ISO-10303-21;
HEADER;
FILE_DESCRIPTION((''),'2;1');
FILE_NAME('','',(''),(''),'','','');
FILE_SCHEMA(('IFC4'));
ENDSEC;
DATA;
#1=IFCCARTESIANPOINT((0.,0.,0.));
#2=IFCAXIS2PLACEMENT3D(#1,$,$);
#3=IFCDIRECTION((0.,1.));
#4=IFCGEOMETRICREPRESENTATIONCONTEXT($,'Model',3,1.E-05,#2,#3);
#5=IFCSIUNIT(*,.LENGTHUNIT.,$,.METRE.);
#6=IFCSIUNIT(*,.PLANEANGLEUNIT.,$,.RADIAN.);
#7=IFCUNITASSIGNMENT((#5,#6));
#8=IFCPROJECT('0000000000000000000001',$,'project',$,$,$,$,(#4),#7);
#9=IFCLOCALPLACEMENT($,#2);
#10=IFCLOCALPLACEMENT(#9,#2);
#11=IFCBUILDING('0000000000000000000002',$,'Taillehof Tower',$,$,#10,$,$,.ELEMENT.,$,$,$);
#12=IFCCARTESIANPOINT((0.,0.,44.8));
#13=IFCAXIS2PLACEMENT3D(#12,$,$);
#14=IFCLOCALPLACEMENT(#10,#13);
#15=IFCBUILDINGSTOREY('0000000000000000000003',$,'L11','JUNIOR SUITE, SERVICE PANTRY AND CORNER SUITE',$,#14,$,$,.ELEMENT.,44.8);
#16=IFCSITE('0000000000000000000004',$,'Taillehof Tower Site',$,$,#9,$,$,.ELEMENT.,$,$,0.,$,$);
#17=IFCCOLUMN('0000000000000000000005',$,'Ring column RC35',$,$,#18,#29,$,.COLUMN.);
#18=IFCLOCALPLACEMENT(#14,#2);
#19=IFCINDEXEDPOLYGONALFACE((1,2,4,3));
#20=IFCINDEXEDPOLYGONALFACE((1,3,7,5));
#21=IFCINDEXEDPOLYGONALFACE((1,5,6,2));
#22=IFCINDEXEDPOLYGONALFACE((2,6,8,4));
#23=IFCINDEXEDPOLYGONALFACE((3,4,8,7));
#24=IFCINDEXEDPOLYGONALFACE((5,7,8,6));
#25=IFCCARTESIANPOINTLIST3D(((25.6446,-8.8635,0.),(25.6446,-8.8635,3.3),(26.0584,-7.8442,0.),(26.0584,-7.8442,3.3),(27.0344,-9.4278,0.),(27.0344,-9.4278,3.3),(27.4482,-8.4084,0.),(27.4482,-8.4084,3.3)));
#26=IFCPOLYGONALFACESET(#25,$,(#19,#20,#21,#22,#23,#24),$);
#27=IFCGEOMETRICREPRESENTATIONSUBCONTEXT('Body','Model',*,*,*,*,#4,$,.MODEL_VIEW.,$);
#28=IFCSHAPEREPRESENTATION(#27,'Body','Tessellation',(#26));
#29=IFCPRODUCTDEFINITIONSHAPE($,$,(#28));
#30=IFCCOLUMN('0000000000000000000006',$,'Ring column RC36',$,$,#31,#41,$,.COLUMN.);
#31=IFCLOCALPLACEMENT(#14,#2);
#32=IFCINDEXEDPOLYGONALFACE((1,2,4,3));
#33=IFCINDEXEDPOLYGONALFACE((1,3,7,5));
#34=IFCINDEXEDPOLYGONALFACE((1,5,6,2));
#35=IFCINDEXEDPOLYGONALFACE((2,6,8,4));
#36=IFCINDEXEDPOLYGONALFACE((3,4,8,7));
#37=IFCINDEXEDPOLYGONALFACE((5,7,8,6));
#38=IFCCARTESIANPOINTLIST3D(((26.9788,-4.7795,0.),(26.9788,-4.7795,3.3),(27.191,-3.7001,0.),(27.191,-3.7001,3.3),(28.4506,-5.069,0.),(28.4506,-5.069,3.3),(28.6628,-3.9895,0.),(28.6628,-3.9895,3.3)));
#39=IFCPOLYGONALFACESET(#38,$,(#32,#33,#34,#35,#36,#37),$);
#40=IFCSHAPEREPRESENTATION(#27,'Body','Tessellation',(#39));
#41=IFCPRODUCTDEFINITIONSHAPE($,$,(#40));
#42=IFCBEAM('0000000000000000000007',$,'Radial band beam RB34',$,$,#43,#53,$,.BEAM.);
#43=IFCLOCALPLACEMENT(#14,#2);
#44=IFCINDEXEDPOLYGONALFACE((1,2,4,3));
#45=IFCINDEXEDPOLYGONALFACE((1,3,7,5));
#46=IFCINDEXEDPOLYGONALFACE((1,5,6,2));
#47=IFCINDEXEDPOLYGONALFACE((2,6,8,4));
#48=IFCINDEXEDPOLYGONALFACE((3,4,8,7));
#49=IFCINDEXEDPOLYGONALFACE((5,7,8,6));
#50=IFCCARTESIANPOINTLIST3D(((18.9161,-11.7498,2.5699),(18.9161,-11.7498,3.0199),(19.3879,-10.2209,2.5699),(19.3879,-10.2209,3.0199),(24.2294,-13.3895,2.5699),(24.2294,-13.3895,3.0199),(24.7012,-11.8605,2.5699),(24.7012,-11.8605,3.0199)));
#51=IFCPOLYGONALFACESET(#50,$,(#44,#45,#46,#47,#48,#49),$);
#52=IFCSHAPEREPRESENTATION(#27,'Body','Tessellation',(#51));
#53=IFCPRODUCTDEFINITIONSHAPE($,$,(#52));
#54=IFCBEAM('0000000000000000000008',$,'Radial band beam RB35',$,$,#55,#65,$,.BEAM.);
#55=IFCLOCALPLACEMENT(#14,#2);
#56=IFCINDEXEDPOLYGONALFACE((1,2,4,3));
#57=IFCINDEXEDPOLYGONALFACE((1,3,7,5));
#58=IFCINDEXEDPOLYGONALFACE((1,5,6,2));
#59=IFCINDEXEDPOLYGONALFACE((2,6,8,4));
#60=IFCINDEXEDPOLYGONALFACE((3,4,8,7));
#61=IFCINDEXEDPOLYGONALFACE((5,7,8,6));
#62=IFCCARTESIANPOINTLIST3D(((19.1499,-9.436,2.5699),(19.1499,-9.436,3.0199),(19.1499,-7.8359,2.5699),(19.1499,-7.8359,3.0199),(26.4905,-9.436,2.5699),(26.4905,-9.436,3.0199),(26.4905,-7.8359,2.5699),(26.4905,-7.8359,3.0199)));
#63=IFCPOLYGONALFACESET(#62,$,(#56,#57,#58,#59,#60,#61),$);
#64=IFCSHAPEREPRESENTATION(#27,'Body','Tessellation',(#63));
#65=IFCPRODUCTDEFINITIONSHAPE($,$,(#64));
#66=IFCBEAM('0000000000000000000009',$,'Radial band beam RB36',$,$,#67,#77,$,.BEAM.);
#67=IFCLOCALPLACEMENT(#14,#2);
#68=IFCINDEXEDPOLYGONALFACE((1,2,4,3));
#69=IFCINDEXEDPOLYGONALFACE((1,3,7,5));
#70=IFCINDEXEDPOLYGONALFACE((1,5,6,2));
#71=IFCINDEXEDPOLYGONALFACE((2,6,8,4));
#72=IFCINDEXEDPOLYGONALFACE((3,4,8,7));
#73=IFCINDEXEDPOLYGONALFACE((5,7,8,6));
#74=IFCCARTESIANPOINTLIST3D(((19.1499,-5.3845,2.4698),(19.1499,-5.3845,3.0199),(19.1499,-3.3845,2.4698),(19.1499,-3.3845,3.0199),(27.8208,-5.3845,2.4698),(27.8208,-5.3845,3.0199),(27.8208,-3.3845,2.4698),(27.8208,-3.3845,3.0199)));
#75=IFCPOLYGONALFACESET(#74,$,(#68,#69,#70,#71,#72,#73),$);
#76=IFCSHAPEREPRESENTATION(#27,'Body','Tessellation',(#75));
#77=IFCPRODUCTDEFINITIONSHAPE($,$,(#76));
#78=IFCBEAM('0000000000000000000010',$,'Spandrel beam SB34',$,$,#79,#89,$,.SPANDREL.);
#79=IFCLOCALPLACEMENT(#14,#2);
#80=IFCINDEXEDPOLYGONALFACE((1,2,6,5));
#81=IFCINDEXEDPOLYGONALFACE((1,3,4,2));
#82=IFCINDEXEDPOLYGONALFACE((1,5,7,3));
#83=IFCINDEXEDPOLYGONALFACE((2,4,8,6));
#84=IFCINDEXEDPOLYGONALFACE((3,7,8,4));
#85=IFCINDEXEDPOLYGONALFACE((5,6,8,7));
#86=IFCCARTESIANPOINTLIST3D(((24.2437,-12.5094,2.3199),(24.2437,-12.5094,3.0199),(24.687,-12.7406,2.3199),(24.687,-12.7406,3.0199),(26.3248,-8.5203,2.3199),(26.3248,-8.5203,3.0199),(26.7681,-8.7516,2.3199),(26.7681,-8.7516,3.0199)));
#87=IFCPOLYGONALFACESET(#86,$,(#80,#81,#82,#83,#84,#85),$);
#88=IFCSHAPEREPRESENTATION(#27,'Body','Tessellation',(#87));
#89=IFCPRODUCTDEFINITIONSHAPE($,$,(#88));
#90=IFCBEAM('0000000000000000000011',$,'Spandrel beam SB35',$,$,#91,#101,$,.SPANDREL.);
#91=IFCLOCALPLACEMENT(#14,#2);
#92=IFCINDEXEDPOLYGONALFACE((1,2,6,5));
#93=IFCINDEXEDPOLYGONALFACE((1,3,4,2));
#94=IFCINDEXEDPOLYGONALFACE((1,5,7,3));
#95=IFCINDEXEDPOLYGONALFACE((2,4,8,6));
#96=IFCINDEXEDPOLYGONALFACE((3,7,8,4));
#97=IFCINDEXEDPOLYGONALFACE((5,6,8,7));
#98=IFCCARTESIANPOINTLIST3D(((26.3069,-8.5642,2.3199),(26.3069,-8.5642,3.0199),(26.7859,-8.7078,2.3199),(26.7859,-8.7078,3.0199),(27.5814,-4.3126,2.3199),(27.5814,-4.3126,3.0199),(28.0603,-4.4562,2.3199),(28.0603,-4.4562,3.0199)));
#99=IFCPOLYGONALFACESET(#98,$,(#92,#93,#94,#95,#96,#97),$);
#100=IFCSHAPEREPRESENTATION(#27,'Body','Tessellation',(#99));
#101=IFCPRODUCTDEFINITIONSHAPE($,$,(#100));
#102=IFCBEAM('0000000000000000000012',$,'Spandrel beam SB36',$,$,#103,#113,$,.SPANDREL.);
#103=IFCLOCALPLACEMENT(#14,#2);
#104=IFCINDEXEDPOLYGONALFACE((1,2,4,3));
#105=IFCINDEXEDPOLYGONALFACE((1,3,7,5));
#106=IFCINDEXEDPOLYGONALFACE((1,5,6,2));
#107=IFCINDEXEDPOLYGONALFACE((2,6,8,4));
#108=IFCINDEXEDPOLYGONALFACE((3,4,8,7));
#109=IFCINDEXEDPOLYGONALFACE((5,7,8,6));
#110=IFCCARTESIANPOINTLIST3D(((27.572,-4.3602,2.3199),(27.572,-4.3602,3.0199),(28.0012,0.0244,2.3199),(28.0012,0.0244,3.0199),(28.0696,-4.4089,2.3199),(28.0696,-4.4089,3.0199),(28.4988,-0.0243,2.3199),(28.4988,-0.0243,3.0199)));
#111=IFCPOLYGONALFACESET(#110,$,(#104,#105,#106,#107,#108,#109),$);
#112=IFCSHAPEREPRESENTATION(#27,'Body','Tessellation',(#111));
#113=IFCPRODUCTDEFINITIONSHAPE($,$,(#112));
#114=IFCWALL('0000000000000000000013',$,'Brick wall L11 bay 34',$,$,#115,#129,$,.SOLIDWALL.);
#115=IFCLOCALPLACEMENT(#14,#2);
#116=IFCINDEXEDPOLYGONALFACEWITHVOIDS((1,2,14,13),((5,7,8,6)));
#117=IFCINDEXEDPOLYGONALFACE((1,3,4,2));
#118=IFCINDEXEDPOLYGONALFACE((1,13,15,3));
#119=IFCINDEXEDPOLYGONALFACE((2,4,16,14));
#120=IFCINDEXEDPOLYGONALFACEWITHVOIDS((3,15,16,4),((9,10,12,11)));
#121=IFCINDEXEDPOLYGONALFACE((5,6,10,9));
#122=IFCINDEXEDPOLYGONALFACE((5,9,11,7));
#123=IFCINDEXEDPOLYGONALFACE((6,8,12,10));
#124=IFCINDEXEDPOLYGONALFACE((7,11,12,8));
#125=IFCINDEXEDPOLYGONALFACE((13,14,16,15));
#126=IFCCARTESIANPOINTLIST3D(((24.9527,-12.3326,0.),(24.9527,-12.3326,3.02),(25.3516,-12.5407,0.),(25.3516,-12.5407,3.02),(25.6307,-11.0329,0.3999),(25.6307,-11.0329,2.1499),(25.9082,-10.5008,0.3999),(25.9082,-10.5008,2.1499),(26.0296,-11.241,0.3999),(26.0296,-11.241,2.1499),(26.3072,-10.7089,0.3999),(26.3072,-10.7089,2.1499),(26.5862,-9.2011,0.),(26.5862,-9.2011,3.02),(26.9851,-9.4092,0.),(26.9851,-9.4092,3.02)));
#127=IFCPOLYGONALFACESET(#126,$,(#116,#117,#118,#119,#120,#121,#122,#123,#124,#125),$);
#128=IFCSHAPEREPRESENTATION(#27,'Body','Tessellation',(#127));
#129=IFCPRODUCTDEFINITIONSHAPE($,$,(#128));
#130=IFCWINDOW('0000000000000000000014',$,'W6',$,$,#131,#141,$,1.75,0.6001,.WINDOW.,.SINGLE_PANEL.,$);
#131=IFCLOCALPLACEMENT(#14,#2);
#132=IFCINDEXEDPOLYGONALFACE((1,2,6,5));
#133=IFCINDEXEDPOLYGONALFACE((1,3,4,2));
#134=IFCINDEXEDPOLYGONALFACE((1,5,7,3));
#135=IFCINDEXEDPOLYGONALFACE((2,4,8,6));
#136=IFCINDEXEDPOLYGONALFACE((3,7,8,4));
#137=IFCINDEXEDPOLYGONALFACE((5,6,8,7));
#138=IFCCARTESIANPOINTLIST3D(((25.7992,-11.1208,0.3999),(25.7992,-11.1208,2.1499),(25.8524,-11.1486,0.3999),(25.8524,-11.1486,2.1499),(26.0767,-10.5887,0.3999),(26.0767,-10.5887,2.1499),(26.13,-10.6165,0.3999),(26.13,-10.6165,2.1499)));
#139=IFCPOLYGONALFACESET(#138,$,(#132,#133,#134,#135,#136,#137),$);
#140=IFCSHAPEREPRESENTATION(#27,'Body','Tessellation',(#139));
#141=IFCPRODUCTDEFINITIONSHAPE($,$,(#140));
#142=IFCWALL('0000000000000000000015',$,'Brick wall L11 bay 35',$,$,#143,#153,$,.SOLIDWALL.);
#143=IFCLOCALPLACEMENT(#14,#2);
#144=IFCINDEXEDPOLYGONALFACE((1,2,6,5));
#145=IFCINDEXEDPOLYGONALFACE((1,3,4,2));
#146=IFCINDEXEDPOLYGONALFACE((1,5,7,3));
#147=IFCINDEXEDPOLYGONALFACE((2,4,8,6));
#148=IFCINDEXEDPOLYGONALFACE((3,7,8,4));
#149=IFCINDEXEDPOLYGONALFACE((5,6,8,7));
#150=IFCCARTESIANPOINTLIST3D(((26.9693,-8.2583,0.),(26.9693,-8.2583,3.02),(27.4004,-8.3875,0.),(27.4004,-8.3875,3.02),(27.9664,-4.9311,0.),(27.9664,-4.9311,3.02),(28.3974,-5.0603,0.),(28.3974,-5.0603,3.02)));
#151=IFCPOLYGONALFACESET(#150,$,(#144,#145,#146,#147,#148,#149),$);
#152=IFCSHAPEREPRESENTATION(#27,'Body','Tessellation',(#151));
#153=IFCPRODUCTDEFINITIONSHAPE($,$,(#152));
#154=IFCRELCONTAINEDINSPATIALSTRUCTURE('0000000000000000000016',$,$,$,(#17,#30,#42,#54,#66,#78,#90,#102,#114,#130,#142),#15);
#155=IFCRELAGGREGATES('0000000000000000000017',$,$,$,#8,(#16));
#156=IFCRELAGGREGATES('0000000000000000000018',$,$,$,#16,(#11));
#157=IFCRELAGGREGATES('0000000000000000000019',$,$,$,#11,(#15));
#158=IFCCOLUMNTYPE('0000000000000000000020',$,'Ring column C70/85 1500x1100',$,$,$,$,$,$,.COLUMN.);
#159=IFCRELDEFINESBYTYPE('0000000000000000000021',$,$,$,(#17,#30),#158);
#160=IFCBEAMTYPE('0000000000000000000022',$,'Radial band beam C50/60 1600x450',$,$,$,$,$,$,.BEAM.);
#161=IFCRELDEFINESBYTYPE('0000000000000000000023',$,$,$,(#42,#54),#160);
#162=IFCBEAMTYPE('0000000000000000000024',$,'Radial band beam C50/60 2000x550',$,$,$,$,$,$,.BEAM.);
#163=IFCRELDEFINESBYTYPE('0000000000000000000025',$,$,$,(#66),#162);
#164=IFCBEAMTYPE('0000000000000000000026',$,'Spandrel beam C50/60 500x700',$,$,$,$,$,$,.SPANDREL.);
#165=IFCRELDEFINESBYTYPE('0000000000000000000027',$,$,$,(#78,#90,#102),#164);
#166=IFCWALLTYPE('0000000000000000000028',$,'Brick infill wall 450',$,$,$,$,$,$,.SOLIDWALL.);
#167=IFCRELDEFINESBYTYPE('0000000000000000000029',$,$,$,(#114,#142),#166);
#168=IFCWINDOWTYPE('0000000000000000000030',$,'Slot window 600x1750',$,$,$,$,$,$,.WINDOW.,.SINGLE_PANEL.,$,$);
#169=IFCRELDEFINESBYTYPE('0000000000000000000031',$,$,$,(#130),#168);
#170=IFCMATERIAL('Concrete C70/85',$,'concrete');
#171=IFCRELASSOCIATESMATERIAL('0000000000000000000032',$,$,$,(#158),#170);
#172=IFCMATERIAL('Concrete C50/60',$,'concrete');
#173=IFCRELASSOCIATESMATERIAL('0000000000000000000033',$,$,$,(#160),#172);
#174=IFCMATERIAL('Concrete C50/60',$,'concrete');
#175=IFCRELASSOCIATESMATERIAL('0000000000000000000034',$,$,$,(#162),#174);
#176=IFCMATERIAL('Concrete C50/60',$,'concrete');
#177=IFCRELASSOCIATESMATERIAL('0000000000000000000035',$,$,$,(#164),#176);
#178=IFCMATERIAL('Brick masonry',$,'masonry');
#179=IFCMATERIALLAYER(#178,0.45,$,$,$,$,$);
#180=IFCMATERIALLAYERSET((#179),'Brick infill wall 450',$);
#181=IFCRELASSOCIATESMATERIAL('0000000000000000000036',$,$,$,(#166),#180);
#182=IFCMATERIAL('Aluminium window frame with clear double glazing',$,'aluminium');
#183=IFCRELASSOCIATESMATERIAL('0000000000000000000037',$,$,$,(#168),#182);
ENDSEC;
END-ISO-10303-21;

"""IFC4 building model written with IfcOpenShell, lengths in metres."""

from ifc_helpers import new_model, si_unit, direction, frame, frame_2d, origin, origin_2d, place, context, subcontext, project, spatial, rectangle, extrude, material, layer, layer_set, material_profile, profile_set, type_object, element, fill, save


model = new_model("IFC4")

# Units and contexts
model_context = context("Model", 3, precision=1e-05, world=origin(), true_north=direction((0.0, 1.0)))
body_context = subcontext(model_context, "Body", "Model", "MODEL_VIEW")
ifc_project = project(units=[si_unit("LENGTHUNIT", "METRE"), si_unit("PLANEANGLEUNIT", "RADIAN")], contexts=[model_context])

# Site, building, storey
site_placement = place(None, origin())
site = spatial("IfcSite", under=ifc_project, at=site_placement, Name="Taillehof Tower Site", CompositionType="ELEMENT", RefElevation=0.0)
building_placement = place(site_placement, origin())
building = spatial("IfcBuilding", under=site, at=building_placement, Name="Taillehof Tower", CompositionType="ELEMENT")
storey_placement = place(building_placement, frame((0.0, 0.0, 44.8)))
storey = spatial("IfcBuildingStorey", under=building, at=storey_placement, Name="L11", Description="JUNIOR SUITE, SERVICE PANTRY AND CORNER SUITE", CompositionType="ELEMENT", Elevation=44.8)

# Columns
ifc_material_1 = material(Name="Concrete C70/85", Category="concrete")
ifc_material_profile_1 = material_profile(ifc_material_1, rectangle(XDim=1.5, YDim=1.1001, at=origin_2d()), Name="RC 1500x1100")
ifc_profile_set_1 = profile_set([ifc_material_profile_1], Name="Concrete C70/85")
column_type = type_object("IfcColumnType", Name="Ring column C70/85 1500x1100", PredefinedType="COLUMN", material=ifc_profile_set_1)
for number, where, z_axis, x_axis, name in (
    (1, (26.5464, -8.636, 0.0), (0.0, 0.0, 1.0), (0.926558, -0.376152, 0.0), "Ring column RC35"),
    (2, (27.8208, -4.3845, 0.0), (0.0, 0.0, 1.0), (0.981204, -0.192976, 0.0), "Ring column RC36"),
):
    element("IfcColumn", number, at=place(storey_placement, frame(where, z_axis=z_axis, x_axis=x_axis)), inside=storey, type_object=column_type, Name=name, PredefinedType="COLUMN", context=body_context, shape_type="SweptSolid", body=[
        extrude(rectangle(XDim=1.5, YDim=1.1001, at=origin_2d()), origin(), (0.0, 0.0, 1.0), 3.3),
    ])

# Beams
ifc_material_2 = material(Name="Concrete C50/60", Category="concrete")
ifc_material_profile_2 = material_profile(ifc_material_2, rectangle(XDim=1.6001, YDim=0.45, at=origin_2d()), Name="RC 1600x450")
ifc_profile_set_2 = profile_set([ifc_material_profile_2], Name="Concrete C50/60")
beam_type_1 = type_object("IfcBeamType", Name="Radial band beam C50/60 1600x450", PredefinedType="BEAM", material=ifc_profile_set_2)
beam_1_placement = place(storey_placement, frame((24.4653, -12.625, 2.7949), z_axis=(-0.955536, 0.294876, 0.0), x_axis=(-0.294876, -0.955536, 0.0)))
element("IfcBeam", 3, at=beam_1_placement, inside=storey, type_object=beam_type_1, Name="Radial band beam RB34", PredefinedType="BEAM", context=body_context, shape_type="SweptSolid", body=[
    extrude(rectangle(XDim=1.6001, YDim=0.45, at=origin_2d()), origin(), (0.0, 0.0, 1.0), 5.5605),
])
beam_2_placement = place(storey_placement, frame((26.4905, -8.636, 2.7949), z_axis=(-1.0, 0.0, 0.0), x_axis=(0.0, -1.0, 0.0)))
element("IfcBeam", 4, at=beam_2_placement, inside=storey, type_object=beam_type_1, Name="Radial band beam RB35", PredefinedType="BEAM", context=body_context, shape_type="SweptSolid", body=[
    extrude(rectangle(XDim=1.6001, YDim=0.45, at=origin_2d()), origin(), (0.0, 0.0, 1.0), 7.3406),
])
ifc_material_3 = material(Name="Concrete C50/60", Category="concrete")
ifc_material_profile_3 = material_profile(ifc_material_3, rectangle(XDim=2.0, YDim=0.55, at=origin_2d()), Name="RC 2000x550")
ifc_profile_set_3 = profile_set([ifc_material_profile_3], Name="Concrete C50/60")
beam_type_2 = type_object("IfcBeamType", Name="Radial band beam C50/60 2000x550", PredefinedType="BEAM", material=ifc_profile_set_3)
beam_3_placement = place(storey_placement, frame((27.8208, -4.3845, 2.7449), z_axis=(-1.0, 0.0, 0.0), x_axis=(0.0, -1.0, 0.0)))
element("IfcBeam", 5, at=beam_3_placement, inside=storey, type_object=beam_type_2, Name="Radial band beam RB36", PredefinedType="BEAM", context=body_context, shape_type="SweptSolid", body=[
    extrude(rectangle(XDim=2.0, YDim=0.55, at=origin_2d()), origin(), (0.0, 0.0, 1.0), 8.6709),
])
ifc_material_4 = material(Name="Concrete C50/60", Category="concrete")
ifc_material_profile_4 = material_profile(ifc_material_4, rectangle(XDim=0.5, YDim=0.7, at=origin_2d()), Name="RC 500x700")
ifc_profile_set_4 = profile_set([ifc_material_profile_4], Name="Concrete C50/60")
beam_type_3 = type_object("IfcBeamType", Name="Spandrel beam C50/60 500x700", PredefinedType="SPANDREL", material=ifc_profile_set_4)
beam_4_placement = place(storey_placement, frame((24.4653, -12.625, 2.6699), z_axis=(0.462536, 0.8866, 0.0), x_axis=(-0.8866, 0.462536, 0.0)))
element("IfcBeam", 6, at=beam_4_placement, inside=storey, type_object=beam_type_3, Name="Spandrel beam SB34", PredefinedType="SPANDREL", context=body_context, shape_type="SweptSolid", body=[
    extrude(rectangle(XDim=0.5, YDim=0.7, at=origin_2d()), origin(), (0.0, 0.0, 1.0), 4.4993),
])
beam_5_placement = place(storey_placement, frame((26.5464, -8.636, 2.6699), z_axis=(0.287136, 0.95789, 0.0), x_axis=(-0.95789, 0.287136, 0.0)))
element("IfcBeam", 7, at=beam_5_placement, inside=storey, type_object=beam_type_3, Name="Spandrel beam SB35", PredefinedType="SPANDREL", context=body_context, shape_type="SweptSolid", body=[
    extrude(rectangle(XDim=0.5, YDim=0.7, at=origin_2d()), origin(), (0.0, 0.0, 1.0), 4.4385),
])
beam_6_placement = place(storey_placement, frame((27.8208, -4.3845, 2.6699), z_axis=(0.097424, 0.995243, 0.0), x_axis=(-0.995243, 0.097424, 0.0)))
element("IfcBeam", 8, at=beam_6_placement, inside=storey, type_object=beam_type_3, Name="Spandrel beam SB36", PredefinedType="SPANDREL", context=body_context, shape_type="SweptSolid", body=[
    extrude(rectangle(XDim=0.5, YDim=0.7, at=origin_2d()), origin(), (0.0, 0.0, 1.0), 4.4055),
])

# Wall, opening, window
ifc_material_5 = material(Name="Brick masonry", Category="masonry")
ifc_layer_1 = layer(ifc_material_5, 0.45)
ifc_layer_set_1 = layer_set([ifc_layer_1], Name="Brick infill wall 450")
wall_type_1 = type_object("IfcWallType", Name="Brick infill wall 450", PredefinedType="SOLIDWALL", material=ifc_layer_set_1)
wall_1_placement = place(storey_placement, frame((25.1521, -12.4368, 0.0), z_axis=(0.0, 0.0, 1.0), x_axis=(0.462493, 0.886623, 0.0)))
wall_1 = element("IfcWall", 9, at=wall_1_placement, inside=storey, type_object=wall_type_1, Name="Brick wall L11 bay 34", PredefinedType="SOLIDWALL", context=body_context, shape_type="SweptSolid", body=[
    extrude(rectangle(XDim=3.532, YDim=0.45, at=frame_2d((1.7661, 0.0))), origin(), (0.0, 0.0, 1.0), 3.02),
])
opening_1_placement = place(wall_1_placement, frame((1.4661, 0.0, 0.3999)))
opening_1 = element("IfcOpeningElement", 10, at=opening_1_placement, cuts=wall_1, PredefinedType="OPENING", context=body_context, shape_type="SweptSolid", body=[
    extrude(rectangle(XDim=0.6001, YDim=1.75, at=frame_2d((0.3, 0.875))), frame((0.0, 0.2349, 0.0), z_axis=(0.0, -1.0, 0.0), x_axis=(1.0, 0.0, 0.0)), (0.0, 0.0, 1.0), 0.47),
])
ifc_material_6 = material(Name="Aluminium window frame with clear double glazing", Category="aluminium")
window_type = type_object("IfcWindowType", Name="Slot window 600x1750", PartitioningType="SINGLE_PANEL", PredefinedType="WINDOW", material=ifc_material_6)
window_1_placement = place(opening_1_placement, origin())
window_1 = element("IfcWindow", 11, at=window_1_placement, inside=storey, type_object=window_type, Name="W6", OverallHeight=1.75, OverallWidth=0.6001, PartitioningType="SINGLE_PANEL", PredefinedType="WINDOW", context=body_context, shape_type="SweptSolid", body=[
    extrude(rectangle(XDim=0.6001, YDim=1.75, at=frame_2d((0.3, 0.875))), frame((0.0, 0.0349, 0.0), z_axis=(0.0, -1.0, 0.0), x_axis=(1.0, 0.0, 0.0)), (0.0, 0.0, 1.0), 0.0601),
])
fill(opening_1, window_1)

# Wall
wall_2_placement = place(storey_placement, frame((27.1848, -8.323, 0.0), z_axis=(0.0, 0.0, 1.0), x_axis=(0.287064, 0.957911, 0.0)))
element("IfcWall", 12, at=wall_2_placement, inside=storey, type_object=wall_type_1, Name="Brick wall L11 bay 35", PredefinedType="SOLIDWALL", context=body_context, shape_type="SweptSolid", body=[
    extrude(rectangle(XDim=3.4734, YDim=0.45, at=frame_2d((1.7368, 0.0))), origin(), (0.0, 0.0, 1.0), 3.02),
])

save(model, "model.ifc")
